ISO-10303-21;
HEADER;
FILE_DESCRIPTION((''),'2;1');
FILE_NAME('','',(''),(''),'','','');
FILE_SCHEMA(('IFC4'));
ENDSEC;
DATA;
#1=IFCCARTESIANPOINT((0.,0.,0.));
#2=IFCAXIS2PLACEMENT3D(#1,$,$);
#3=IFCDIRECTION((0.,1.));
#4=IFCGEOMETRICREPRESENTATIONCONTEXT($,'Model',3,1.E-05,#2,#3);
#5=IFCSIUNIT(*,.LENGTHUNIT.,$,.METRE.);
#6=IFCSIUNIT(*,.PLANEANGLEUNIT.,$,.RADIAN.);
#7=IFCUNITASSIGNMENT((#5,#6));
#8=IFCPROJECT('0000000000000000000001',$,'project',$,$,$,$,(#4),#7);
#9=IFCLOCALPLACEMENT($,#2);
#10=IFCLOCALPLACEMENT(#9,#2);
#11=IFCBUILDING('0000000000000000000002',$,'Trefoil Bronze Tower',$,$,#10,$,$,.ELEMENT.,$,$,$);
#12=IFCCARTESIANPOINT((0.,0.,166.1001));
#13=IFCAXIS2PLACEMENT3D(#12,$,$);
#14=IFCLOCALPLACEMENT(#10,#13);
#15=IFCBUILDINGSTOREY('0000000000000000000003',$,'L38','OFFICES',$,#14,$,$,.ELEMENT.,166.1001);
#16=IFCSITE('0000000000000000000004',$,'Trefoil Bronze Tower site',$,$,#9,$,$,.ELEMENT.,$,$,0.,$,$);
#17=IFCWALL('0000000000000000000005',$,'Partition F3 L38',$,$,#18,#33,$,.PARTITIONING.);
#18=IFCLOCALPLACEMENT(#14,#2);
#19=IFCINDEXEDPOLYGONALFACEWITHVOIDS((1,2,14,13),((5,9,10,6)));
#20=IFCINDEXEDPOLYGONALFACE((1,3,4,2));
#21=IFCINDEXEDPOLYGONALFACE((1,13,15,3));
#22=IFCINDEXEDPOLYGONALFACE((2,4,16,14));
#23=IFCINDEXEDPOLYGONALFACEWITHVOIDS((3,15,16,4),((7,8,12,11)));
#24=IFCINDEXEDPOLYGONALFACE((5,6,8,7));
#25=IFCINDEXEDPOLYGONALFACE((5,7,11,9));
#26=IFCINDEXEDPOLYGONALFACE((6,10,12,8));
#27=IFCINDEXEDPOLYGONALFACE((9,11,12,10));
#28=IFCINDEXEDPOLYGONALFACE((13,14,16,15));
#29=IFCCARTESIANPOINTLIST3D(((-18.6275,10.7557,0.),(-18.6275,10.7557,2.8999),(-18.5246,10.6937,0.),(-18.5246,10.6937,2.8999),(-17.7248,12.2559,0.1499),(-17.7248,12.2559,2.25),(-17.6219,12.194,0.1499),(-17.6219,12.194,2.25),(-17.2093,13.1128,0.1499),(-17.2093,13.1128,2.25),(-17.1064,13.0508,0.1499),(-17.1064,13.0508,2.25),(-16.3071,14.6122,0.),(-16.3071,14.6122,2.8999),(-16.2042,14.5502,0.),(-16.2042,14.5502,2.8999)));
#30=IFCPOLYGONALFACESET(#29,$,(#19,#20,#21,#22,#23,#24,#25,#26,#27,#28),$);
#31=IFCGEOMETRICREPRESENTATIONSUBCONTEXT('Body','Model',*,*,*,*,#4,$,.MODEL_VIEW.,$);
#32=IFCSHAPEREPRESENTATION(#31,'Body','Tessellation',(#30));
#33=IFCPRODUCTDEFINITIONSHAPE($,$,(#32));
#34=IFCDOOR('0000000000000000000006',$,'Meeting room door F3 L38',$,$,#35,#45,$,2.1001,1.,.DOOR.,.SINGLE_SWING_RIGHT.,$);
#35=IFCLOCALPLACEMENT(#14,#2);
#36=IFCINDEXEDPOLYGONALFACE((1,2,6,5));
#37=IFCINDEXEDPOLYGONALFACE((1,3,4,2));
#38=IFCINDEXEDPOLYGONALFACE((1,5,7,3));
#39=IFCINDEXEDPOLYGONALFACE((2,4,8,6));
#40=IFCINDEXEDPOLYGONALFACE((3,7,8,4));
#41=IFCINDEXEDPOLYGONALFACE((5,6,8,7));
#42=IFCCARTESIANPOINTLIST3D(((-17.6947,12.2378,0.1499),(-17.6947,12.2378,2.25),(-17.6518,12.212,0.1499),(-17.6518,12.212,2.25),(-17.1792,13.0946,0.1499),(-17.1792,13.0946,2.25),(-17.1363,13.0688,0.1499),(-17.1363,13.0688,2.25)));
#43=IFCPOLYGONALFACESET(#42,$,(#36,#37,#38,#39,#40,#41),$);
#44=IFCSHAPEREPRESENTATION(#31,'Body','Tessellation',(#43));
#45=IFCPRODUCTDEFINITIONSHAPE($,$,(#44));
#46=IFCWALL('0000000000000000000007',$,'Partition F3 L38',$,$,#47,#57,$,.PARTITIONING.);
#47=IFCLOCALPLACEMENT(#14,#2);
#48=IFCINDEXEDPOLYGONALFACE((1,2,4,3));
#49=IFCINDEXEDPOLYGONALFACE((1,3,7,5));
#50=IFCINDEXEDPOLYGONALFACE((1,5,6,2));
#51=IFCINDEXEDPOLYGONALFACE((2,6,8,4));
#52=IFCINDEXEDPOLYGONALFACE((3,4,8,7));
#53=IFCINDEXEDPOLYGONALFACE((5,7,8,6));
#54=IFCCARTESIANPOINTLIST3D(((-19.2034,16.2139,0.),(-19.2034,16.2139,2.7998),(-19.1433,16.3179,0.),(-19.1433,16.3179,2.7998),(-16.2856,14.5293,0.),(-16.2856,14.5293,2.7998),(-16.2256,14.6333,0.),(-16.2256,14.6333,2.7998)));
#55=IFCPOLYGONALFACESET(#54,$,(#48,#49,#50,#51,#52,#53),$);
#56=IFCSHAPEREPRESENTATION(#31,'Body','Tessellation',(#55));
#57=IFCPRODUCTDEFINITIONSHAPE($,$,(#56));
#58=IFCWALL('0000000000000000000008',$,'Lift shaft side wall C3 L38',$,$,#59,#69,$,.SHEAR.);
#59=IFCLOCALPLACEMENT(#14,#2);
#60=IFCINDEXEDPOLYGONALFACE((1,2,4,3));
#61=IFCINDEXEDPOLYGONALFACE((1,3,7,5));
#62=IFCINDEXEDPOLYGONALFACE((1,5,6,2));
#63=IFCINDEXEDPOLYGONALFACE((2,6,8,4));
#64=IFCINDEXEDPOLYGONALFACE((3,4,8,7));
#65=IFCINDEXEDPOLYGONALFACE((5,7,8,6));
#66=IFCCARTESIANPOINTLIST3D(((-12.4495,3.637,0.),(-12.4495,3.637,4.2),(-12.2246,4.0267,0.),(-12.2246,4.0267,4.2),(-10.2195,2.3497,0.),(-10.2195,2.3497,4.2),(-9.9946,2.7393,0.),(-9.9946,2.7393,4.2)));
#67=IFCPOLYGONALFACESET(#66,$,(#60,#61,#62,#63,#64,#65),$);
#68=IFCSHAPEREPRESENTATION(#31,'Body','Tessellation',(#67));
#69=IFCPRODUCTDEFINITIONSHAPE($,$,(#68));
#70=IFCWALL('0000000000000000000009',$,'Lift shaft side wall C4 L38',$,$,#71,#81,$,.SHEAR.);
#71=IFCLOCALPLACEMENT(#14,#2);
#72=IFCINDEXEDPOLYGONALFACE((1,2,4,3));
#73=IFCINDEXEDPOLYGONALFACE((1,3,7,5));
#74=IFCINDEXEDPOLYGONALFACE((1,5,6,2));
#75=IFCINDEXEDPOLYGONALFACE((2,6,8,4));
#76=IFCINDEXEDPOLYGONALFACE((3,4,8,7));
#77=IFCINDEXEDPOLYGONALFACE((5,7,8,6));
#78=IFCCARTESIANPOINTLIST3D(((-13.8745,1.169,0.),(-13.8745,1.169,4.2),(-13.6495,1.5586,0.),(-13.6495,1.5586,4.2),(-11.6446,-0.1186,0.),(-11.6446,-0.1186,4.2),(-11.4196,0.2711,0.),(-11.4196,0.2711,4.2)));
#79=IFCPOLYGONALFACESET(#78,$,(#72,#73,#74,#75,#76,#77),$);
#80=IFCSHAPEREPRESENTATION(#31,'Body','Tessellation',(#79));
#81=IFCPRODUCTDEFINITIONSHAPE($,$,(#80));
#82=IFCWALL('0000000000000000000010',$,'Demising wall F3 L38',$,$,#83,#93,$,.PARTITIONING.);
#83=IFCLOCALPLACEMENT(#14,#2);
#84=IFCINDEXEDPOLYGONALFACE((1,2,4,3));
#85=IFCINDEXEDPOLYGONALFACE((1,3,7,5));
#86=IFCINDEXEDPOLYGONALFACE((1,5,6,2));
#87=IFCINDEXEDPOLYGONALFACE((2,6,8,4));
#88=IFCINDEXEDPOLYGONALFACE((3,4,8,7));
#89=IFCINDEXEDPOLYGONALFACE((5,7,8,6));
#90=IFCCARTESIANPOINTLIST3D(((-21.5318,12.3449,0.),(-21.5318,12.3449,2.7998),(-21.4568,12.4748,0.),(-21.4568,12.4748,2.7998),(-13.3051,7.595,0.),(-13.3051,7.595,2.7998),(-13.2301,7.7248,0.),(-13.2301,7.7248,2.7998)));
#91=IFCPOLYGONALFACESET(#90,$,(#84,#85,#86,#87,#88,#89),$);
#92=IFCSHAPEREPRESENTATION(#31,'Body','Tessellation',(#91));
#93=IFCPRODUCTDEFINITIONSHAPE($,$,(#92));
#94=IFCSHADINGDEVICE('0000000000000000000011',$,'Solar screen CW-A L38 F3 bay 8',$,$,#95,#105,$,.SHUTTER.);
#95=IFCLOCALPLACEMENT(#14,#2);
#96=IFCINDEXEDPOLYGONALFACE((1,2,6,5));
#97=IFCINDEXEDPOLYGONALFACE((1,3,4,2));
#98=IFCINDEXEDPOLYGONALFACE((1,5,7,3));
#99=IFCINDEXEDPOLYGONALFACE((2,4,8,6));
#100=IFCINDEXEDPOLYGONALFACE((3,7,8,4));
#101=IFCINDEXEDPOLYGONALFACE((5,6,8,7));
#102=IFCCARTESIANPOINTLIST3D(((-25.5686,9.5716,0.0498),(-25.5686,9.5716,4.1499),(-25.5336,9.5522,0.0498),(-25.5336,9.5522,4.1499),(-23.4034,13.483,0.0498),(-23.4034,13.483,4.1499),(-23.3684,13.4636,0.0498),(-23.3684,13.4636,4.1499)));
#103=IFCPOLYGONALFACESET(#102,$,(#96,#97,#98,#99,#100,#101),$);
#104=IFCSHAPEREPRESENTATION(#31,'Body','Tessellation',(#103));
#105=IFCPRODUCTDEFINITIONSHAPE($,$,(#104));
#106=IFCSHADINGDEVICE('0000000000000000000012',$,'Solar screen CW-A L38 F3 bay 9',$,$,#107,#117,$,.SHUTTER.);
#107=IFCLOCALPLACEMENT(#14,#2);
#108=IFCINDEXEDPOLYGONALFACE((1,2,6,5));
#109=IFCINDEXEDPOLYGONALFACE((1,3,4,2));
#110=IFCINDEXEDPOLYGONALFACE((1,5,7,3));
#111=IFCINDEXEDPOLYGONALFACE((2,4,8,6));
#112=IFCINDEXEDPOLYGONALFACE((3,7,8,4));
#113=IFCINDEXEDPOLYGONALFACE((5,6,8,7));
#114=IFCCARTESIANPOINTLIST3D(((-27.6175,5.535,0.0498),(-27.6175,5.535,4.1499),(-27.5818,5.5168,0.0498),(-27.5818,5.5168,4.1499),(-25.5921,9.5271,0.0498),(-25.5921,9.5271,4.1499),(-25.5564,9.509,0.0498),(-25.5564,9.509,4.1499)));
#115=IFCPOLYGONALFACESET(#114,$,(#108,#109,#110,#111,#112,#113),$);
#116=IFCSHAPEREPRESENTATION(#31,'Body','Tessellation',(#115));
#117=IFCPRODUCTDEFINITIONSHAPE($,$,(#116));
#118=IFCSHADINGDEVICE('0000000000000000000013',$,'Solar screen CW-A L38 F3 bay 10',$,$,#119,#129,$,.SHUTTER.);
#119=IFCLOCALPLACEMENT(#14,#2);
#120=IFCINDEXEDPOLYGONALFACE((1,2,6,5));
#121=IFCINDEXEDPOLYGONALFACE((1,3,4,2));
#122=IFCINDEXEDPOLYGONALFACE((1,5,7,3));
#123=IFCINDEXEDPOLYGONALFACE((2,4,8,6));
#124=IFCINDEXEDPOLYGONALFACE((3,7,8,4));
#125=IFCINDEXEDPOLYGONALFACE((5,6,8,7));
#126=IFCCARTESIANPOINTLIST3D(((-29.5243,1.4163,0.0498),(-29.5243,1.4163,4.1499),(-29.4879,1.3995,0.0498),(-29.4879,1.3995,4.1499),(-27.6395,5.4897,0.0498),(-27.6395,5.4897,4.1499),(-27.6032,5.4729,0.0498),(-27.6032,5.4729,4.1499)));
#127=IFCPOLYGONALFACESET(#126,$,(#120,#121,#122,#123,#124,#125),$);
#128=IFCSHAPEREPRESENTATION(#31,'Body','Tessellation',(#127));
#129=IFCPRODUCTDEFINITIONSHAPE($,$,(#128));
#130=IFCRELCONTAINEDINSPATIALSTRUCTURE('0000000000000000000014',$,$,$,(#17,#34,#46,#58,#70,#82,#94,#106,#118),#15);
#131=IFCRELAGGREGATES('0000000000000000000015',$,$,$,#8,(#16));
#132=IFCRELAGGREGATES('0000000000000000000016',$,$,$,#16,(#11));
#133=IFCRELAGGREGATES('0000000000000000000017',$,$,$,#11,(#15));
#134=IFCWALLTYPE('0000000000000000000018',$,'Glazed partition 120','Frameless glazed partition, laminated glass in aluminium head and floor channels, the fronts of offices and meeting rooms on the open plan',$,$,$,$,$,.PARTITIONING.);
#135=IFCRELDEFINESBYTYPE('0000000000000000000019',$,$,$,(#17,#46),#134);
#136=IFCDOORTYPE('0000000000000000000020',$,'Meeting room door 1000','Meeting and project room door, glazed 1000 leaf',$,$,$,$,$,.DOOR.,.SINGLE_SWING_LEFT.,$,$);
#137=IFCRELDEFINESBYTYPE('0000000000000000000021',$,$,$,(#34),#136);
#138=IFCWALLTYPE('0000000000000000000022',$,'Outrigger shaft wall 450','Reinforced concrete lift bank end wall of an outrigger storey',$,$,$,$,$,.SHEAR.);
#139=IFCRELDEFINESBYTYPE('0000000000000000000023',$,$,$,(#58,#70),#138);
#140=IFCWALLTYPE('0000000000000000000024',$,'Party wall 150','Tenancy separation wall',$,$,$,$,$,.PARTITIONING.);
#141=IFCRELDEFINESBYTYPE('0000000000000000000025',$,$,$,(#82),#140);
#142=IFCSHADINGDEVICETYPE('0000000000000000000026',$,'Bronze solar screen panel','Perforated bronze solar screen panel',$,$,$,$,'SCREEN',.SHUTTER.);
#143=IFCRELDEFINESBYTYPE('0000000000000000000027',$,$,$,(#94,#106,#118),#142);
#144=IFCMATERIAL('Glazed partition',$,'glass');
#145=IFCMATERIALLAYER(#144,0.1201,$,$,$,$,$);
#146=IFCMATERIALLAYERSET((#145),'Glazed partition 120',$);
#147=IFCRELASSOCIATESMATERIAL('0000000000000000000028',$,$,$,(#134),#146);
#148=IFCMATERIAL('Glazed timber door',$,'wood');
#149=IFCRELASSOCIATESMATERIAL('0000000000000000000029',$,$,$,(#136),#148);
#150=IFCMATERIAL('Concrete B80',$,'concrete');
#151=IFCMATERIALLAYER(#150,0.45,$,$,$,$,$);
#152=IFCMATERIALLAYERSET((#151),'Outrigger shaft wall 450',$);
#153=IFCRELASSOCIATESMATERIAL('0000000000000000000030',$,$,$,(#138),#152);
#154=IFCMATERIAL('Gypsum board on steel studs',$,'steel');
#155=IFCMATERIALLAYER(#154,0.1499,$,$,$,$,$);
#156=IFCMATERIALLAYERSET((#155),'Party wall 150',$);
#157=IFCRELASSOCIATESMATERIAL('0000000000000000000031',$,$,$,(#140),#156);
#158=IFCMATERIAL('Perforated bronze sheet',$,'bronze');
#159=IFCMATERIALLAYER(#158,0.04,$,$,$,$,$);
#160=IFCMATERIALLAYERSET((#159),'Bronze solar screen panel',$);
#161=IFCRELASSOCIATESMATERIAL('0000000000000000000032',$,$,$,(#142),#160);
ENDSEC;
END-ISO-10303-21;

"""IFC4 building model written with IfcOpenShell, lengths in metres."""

from ifc_helpers import new_model, si_unit, direction, frame, frame_2d, origin, origin_2d, place, context, subcontext, project, spatial, rectangle, extrude, material, layer, layer_set, type_object, element, fill, save


model = new_model("IFC4")

# Units and contexts
model_context = context("Model", 3, precision=1e-05, world=origin(), true_north=direction((0.0, 1.0)))
body_context = subcontext(model_context, "Body", "Model", "MODEL_VIEW")
ifc_project = project(units=[si_unit("LENGTHUNIT", "METRE"), si_unit("PLANEANGLEUNIT", "RADIAN")], contexts=[model_context])

# Site, building, storey
site_placement = place(None, origin())
site = spatial("IfcSite", under=ifc_project, at=site_placement, Name="Trefoil Bronze Tower site", CompositionType="ELEMENT", RefElevation=0.0)
building_placement = place(site_placement, origin())
building = spatial("IfcBuilding", under=site, at=building_placement, Name="Trefoil Bronze Tower", CompositionType="ELEMENT")
storey_placement = place(building_placement, frame((0.0, 0.0, 166.1001)))
storey = spatial("IfcBuildingStorey", under=building, at=storey_placement, Name="L38", Description="OFFICES", CompositionType="ELEMENT", Elevation=166.1001)

# Wall, opening, door
ifc_material_1 = material(Name="Glazed partition", Category="glass")
ifc_layer_1 = layer(ifc_material_1, 0.1201)
ifc_layer_set_1 = layer_set([ifc_layer_1], Name="Glazed partition 120")
wall_type_1 = type_object("IfcWallType", Name="Glazed partition 120", Description="Frameless glazed partition, laminated glass in aluminium head and floor channels, the fronts of offices and meeting rooms on the open plan", PredefinedType="PARTITIONING", material=ifc_layer_set_1)
wall_1_placement = place(storey_placement, frame((-16.2556, 14.5813, 0.0), z_axis=(0.0, 0.0, 1.0), x_axis=(-0.515548, -0.85686, 0.0)))
wall_1 = element("IfcWall", 1, at=wall_1_placement, inside=storey, type_object=wall_type_1, Name="Partition F3 L38", PredefinedType="PARTITIONING", context=body_context, shape_type="SweptSolid", body=[
    extrude(rectangle(XDim=4.5007, YDim=0.1201, at=frame_2d((2.2505, 0.0))), origin(), (0.0, 0.0, 1.0), 2.8999),
])
opening_placement = place(wall_1_placement, frame((1.75, 0.0, 0.1499)))
opening = element("IfcOpeningElement", 2, at=opening_placement, cuts=wall_1, PredefinedType="OPENING", context=body_context, shape_type="SweptSolid", body=[
    extrude(rectangle(XDim=1.0, YDim=2.1001, at=frame_2d((0.5, 1.05))), frame((0.0, 0.0701, 0.0), z_axis=(0.0, -1.0, 0.0), x_axis=(1.0, 0.0, 0.0)), (0.0, 0.0, 1.0), 0.1401),
])
ifc_material_2 = material(Name="Glazed timber door", Category="wood")
door_type = type_object("IfcDoorType", Name="Meeting room door 1000", Description="Meeting and project room door, glazed 1000 leaf", OperationType="SINGLE_SWING_LEFT", PredefinedType="DOOR", material=ifc_material_2)
door_placement = place(opening_placement, frame((1.0, 0.0, 0.0), z_axis=(0.0, 0.0, 1.0), x_axis=(-1.0, 0.0, 0.0)))
door = element("IfcDoor", 3, at=door_placement, inside=storey, type_object=door_type, Name="Meeting room door F3 L38", OperationType="SINGLE_SWING_RIGHT", OverallHeight=2.1001, OverallWidth=1.0, PredefinedType="DOOR", context=body_context, shape_type="SweptSolid", body=[
    extrude(rectangle(XDim=1.0, YDim=2.1001, at=frame_2d((0.5, 1.05))), frame((0.0, 0.0249, 0.0), z_axis=(0.0, -1.0, 0.0), x_axis=(1.0, 0.0, 0.0)), (0.0, 0.0, 1.0), 0.05),
])
fill(opening, door)

# Walls
wall_2_placement = place(storey_placement, frame((-16.2556, 14.5813, 0.0), z_axis=(0.0, 0.0, 1.0), x_axis=(-0.866023, 0.500005, 0.0)))
element("IfcWall", 4, at=wall_2_placement, inside=storey, type_object=wall_type_1, Name="Partition F3 L38", PredefinedType="PARTITIONING", context=body_context, shape_type="SweptSolid", body=[
    extrude(rectangle(XDim=3.3691, YDim=0.1201, at=frame_2d((1.6846, 0.0))), origin(), (0.0, 0.0, 1.0), 2.7998),
])
ifc_material_3 = material(Name="Concrete B80", Category="concrete")
ifc_layer_2 = layer(ifc_material_3, 0.45)
ifc_layer_set_2 = layer_set([ifc_layer_2], Name="Outrigger shaft wall 450")
wall_type_2 = type_object("IfcWallType", Name="Outrigger shaft wall 450", Description="Reinforced concrete lift bank end wall of an outrigger storey", PredefinedType="SHEAR", material=ifc_layer_set_2)
for number, where, z_axis, x_axis, name in (
    (5, (-10.1069, 2.5444, 0.0), (0.0, 0.0, 1.0), (-0.866047, 0.499963, 0.0), "Lift shaft side wall C3 L38"),
    (6, (-11.532, 0.0762, 0.0), (0.0, 0.0, 1.0), (-0.866006, 0.500034, 0.0), "Lift shaft side wall C4 L38"),
):
    element("IfcWall", number, at=place(storey_placement, frame(where, z_axis=z_axis, x_axis=x_axis)), inside=storey, type_object=wall_type_2, Name=name, PredefinedType="SHEAR", context=body_context, shape_type="SweptSolid", body=[
        extrude(rectangle(XDim=2.575, YDim=0.45, at=frame_2d((1.2876, 0.0))), origin(), (0.0, 0.0, 1.0), 4.2),
    ])
ifc_material_4 = material(Name="Gypsum board on steel studs", Category="steel")
ifc_layer_3 = layer(ifc_material_4, 0.1499)
ifc_layer_set_3 = layer_set([ifc_layer_3], Name="Party wall 150")
wall_type_3 = type_object("IfcWallType", Name="Party wall 150", Description="Tenancy separation wall", PredefinedType="PARTITIONING", material=ifc_layer_set_3)
wall_3_placement = place(storey_placement, frame((-13.2676, 7.6599, 0.0), z_axis=(0.0, 0.0, 1.0), x_axis=(-0.866014, 0.50002, 0.0)))
element("IfcWall", 7, at=wall_3_placement, inside=storey, type_object=wall_type_3, Name="Demising wall F3 L38", PredefinedType="PARTITIONING", context=body_context, shape_type="SweptSolid", body=[
    extrude(rectangle(XDim=9.4995, YDim=0.1499, at=frame_2d((4.7498, 0.0))), origin(), (0.0, 0.0, 1.0), 2.7998),
])

# Shading devices
ifc_material_5 = material(Name="Perforated bronze sheet", Category="bronze")
ifc_layer_4 = layer(ifc_material_5, 0.04)
ifc_layer_set_4 = layer_set([ifc_layer_4], Name="Bronze solar screen panel")
shading_device_type = type_object("IfcShadingDeviceType", Name="Bronze solar screen panel", Description="Perforated bronze solar screen panel", ElementType="SCREEN", PredefinedType="SHUTTER", material=ifc_layer_set_4)
shading_device_1_placement = place(storey_placement, frame((-24.4685, 11.5176, 0.0498), z_axis=(0.0, 0.0, 1.0), x_axis=(-0.484312, -0.874895, 0.0)))
element("IfcShadingDevice", 8, at=shading_device_1_placement, inside=storey, type_object=shading_device_type, Name="Solar screen CW-A L38 F3 bay 8", PredefinedType="SHUTTER", context=body_context, shape_type="SweptSolid", body=[
    extrude(rectangle(XDim=4.4707, YDim=0.04, at=origin_2d()), origin(), (0.0, 0.0, 1.0), 4.1001),
])
shading_device_2_placement = place(storey_placement, frame((-26.5869, 7.522, 0.0498), z_axis=(0.0, 0.0, 1.0), x_axis=(-0.452449, -0.89179, 0.0)))
element("IfcShadingDevice", 9, at=shading_device_2_placement, inside=storey, type_object=shading_device_type, Name="Solar screen CW-A L38 F3 bay 9", PredefinedType="SHUTTER", context=body_context, shape_type="SweptSolid", body=[
    extrude(rectangle(XDim=4.4766, YDim=0.04, at=origin_2d()), origin(), (0.0, 0.0, 1.0), 4.1001),
])
shading_device_3_placement = place(storey_placement, frame((-28.5637, 3.4446, 0.0498), z_axis=(0.0, 0.0, 1.0), x_axis=(-0.419933, -0.907555, 0.0)))
element("IfcShadingDevice", 10, at=shading_device_3_placement, inside=storey, type_object=shading_device_type, Name="Solar screen CW-A L38 F3 bay 10", PredefinedType="SHUTTER", context=body_context, shape_type="SweptSolid", body=[
    extrude(rectangle(XDim=4.4883, YDim=0.04, at=origin_2d()), origin(), (0.0, 0.0, 1.0), 4.1001),
])

save(model, "model.ifc")
